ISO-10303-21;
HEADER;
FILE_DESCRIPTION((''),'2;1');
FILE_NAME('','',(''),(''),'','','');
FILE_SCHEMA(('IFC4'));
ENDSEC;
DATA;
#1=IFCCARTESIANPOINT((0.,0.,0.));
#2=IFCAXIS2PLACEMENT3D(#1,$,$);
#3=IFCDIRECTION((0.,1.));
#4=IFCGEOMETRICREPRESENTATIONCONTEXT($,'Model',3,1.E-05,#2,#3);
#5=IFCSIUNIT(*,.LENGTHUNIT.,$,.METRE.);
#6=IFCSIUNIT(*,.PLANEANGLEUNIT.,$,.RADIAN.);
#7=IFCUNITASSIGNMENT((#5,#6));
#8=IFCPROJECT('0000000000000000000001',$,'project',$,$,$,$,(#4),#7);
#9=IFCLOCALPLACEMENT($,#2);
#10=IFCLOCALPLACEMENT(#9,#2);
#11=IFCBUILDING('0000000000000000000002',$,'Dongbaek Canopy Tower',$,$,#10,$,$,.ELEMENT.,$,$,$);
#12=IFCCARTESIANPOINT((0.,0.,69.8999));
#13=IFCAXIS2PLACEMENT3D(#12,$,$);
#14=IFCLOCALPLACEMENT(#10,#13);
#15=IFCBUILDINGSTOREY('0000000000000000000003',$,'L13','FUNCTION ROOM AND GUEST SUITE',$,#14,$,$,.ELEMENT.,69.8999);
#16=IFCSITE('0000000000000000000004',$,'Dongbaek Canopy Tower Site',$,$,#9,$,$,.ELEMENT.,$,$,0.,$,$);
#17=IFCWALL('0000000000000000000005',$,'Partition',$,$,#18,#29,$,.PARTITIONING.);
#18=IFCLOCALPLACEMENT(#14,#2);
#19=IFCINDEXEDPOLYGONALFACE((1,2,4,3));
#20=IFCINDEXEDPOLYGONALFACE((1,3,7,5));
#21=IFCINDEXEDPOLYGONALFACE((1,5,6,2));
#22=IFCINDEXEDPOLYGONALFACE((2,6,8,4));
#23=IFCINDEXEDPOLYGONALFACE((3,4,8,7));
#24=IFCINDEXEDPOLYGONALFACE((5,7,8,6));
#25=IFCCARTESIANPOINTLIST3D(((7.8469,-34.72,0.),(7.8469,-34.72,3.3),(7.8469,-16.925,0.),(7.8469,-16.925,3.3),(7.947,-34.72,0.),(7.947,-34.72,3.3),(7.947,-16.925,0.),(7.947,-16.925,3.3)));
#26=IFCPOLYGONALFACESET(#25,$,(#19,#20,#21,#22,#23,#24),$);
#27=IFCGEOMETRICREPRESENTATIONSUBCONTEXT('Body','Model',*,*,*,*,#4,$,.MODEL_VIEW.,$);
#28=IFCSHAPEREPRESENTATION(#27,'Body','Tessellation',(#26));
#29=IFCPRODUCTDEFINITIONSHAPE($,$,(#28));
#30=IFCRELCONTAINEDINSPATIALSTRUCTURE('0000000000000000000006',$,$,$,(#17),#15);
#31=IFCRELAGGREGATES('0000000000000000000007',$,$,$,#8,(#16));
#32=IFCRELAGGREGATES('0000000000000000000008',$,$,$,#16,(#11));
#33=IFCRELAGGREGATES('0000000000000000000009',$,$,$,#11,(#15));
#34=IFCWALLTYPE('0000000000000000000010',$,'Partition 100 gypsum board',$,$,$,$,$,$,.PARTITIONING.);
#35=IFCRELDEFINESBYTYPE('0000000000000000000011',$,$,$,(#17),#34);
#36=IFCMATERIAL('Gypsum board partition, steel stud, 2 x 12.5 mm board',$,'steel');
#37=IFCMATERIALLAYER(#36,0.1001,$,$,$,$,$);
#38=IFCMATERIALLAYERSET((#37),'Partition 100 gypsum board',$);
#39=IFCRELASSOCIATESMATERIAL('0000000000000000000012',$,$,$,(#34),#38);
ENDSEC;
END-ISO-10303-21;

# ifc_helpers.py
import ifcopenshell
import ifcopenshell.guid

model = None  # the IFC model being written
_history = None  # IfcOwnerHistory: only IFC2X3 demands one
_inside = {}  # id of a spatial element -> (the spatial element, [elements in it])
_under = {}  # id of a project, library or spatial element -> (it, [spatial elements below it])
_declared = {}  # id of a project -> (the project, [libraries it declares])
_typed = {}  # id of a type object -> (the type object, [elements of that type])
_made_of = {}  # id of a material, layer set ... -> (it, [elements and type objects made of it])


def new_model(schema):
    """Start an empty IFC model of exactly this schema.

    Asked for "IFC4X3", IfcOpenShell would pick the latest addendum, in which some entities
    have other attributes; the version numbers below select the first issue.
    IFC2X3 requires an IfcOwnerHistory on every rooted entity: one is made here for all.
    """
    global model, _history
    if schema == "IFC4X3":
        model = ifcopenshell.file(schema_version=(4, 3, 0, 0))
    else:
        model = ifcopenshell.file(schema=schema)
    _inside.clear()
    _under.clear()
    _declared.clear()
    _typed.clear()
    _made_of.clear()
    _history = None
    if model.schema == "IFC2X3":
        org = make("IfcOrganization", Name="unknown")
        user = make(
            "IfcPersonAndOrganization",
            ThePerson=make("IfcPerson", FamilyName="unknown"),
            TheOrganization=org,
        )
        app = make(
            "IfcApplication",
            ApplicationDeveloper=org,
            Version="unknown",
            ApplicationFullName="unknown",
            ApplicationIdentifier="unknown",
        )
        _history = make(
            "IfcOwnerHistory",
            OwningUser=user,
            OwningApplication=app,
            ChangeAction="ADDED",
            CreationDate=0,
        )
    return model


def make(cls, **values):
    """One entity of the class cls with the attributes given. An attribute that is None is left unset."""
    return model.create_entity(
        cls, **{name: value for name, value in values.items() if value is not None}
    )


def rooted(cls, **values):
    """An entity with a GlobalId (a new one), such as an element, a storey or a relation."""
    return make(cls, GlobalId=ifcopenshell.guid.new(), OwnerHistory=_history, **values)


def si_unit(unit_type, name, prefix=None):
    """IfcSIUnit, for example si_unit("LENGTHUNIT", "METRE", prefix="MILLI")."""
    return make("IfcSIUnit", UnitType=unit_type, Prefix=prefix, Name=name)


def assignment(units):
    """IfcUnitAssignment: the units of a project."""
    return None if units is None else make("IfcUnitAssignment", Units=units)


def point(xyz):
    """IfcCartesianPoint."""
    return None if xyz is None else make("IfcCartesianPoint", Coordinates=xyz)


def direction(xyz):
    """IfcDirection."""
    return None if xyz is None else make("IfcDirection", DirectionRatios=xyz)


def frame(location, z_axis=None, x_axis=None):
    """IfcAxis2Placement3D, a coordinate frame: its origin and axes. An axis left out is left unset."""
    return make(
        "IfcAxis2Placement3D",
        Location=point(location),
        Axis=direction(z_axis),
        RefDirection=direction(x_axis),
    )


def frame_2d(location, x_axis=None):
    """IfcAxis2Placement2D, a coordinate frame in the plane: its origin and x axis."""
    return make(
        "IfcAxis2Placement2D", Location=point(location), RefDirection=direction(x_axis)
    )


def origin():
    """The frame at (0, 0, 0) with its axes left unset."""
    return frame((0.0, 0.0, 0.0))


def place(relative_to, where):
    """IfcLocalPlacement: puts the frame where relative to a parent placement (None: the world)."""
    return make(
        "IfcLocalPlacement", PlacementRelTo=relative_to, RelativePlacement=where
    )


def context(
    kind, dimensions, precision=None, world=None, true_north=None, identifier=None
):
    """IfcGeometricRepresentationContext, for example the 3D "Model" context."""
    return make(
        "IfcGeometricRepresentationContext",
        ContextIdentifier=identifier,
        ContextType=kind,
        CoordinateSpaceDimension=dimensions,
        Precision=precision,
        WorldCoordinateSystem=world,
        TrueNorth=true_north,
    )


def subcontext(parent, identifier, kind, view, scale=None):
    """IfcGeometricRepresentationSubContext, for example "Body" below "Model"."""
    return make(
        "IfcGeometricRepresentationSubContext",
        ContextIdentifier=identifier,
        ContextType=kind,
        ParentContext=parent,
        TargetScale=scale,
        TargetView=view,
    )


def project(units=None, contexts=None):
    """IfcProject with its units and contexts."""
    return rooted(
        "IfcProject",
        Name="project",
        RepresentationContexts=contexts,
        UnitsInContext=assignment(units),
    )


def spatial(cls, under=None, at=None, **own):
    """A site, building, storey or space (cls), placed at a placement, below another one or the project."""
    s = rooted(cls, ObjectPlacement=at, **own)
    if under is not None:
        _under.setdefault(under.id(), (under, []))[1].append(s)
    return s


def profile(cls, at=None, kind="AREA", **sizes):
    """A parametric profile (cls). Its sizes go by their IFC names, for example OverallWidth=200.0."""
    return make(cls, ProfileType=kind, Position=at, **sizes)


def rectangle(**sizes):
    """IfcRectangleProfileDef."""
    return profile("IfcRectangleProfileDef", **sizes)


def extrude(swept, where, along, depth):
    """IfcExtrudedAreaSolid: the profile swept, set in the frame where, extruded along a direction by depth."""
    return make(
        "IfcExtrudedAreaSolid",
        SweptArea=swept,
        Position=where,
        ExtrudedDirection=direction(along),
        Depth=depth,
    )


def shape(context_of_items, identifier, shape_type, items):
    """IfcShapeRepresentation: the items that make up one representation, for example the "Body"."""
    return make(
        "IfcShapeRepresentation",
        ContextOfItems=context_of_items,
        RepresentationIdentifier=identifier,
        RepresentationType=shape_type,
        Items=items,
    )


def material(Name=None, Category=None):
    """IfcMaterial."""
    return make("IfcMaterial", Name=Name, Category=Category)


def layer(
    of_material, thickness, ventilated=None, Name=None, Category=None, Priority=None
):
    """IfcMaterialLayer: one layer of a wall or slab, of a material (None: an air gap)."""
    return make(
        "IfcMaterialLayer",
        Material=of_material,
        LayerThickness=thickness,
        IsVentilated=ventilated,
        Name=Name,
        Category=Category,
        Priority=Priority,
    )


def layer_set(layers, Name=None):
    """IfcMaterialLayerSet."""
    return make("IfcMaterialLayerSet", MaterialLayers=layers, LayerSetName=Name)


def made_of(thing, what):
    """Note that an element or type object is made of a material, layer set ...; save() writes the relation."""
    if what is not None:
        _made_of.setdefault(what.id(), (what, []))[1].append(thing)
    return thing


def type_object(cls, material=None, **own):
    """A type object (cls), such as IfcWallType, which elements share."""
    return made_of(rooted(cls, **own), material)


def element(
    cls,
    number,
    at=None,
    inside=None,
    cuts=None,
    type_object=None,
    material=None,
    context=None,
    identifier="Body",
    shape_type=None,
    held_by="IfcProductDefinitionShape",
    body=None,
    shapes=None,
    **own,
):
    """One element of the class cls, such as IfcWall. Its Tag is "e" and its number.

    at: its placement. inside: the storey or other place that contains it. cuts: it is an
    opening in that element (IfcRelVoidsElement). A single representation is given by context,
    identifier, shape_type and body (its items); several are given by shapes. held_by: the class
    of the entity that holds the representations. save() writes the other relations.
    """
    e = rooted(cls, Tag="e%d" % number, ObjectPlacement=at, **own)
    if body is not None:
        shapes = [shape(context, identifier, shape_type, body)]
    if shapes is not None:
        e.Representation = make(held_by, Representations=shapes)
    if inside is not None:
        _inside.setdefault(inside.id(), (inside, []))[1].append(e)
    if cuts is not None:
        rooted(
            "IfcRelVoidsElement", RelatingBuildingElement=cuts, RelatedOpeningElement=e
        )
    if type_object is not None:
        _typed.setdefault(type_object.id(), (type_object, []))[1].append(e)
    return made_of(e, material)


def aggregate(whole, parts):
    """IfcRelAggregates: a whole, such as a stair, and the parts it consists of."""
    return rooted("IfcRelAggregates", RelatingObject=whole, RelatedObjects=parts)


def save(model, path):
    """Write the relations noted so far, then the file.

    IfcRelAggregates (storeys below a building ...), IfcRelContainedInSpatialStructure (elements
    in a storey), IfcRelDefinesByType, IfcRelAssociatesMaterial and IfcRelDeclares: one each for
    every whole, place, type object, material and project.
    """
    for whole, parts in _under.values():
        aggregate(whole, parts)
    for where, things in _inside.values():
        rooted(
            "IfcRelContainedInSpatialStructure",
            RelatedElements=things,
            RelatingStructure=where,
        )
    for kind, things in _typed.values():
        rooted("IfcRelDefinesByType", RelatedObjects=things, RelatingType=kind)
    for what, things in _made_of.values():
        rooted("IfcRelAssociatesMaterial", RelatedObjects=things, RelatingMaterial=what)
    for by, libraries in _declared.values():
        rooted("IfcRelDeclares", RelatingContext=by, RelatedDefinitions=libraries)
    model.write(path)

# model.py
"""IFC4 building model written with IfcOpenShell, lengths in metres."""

from ifc_helpers import new_model, si_unit, direction, frame, frame_2d, origin, place, context, subcontext, project, spatial, rectangle, extrude, material, layer, layer_set, type_object, element, save


model = new_model("IFC4")

# Units and contexts
model_context = context("Model", 3, precision=1e-05, world=origin(), true_north=direction((0.0, 1.0)))
body_context = subcontext(model_context, "Body", "Model", "MODEL_VIEW")
ifc_project = project(units=[si_unit("LENGTHUNIT", "METRE"), si_unit("PLANEANGLEUNIT", "RADIAN")], contexts=[model_context])

# Site, building, storey
site_placement = place(None, origin())
site = spatial("IfcSite", under=ifc_project, at=site_placement, Name="Dongbaek Canopy Tower Site", CompositionType="ELEMENT", RefElevation=0.0)
building_placement = place(site_placement, origin())
building = spatial("IfcBuilding", under=site, at=building_placement, Name="Dongbaek Canopy Tower", CompositionType="ELEMENT")
storey_placement = place(building_placement, frame((0.0, 0.0, 69.8999)))
storey = spatial("IfcBuildingStorey", under=building, at=storey_placement, Name="L13", Description="FUNCTION ROOM AND GUEST SUITE", CompositionType="ELEMENT", Elevation=69.8999)

# Wall
ifc_material_1 = material(Name="Gypsum board partition, steel stud, 2 x 12.5 mm board", Category="steel")
ifc_layer_1 = layer(ifc_material_1, 0.1001)
ifc_layer_set_1 = layer_set([ifc_layer_1], Name="Partition 100 gypsum board")
wall_type_1 = type_object("IfcWallType", Name="Partition 100 gypsum board", PredefinedType="PARTITIONING", material=ifc_layer_set_1)
wall_1_placement = place(storey_placement, frame((7.897, -34.72, 0.0), z_axis=(0.0, 0.0, 1.0), x_axis=(0.0, 1.0, 0.0)))
element("IfcWall", 1, at=wall_1_placement, inside=storey, type_object=wall_type_1, Name="Partition", PredefinedType="PARTITIONING", context=body_context, shape_type="SweptSolid", body=[
    extrude(rectangle(XDim=17.7949, YDim=0.1001, at=frame_2d((8.8975, 0.0))), origin(), (0.0, 0.0, 1.0), 3.3),
])

save(model, "model.ifc")
